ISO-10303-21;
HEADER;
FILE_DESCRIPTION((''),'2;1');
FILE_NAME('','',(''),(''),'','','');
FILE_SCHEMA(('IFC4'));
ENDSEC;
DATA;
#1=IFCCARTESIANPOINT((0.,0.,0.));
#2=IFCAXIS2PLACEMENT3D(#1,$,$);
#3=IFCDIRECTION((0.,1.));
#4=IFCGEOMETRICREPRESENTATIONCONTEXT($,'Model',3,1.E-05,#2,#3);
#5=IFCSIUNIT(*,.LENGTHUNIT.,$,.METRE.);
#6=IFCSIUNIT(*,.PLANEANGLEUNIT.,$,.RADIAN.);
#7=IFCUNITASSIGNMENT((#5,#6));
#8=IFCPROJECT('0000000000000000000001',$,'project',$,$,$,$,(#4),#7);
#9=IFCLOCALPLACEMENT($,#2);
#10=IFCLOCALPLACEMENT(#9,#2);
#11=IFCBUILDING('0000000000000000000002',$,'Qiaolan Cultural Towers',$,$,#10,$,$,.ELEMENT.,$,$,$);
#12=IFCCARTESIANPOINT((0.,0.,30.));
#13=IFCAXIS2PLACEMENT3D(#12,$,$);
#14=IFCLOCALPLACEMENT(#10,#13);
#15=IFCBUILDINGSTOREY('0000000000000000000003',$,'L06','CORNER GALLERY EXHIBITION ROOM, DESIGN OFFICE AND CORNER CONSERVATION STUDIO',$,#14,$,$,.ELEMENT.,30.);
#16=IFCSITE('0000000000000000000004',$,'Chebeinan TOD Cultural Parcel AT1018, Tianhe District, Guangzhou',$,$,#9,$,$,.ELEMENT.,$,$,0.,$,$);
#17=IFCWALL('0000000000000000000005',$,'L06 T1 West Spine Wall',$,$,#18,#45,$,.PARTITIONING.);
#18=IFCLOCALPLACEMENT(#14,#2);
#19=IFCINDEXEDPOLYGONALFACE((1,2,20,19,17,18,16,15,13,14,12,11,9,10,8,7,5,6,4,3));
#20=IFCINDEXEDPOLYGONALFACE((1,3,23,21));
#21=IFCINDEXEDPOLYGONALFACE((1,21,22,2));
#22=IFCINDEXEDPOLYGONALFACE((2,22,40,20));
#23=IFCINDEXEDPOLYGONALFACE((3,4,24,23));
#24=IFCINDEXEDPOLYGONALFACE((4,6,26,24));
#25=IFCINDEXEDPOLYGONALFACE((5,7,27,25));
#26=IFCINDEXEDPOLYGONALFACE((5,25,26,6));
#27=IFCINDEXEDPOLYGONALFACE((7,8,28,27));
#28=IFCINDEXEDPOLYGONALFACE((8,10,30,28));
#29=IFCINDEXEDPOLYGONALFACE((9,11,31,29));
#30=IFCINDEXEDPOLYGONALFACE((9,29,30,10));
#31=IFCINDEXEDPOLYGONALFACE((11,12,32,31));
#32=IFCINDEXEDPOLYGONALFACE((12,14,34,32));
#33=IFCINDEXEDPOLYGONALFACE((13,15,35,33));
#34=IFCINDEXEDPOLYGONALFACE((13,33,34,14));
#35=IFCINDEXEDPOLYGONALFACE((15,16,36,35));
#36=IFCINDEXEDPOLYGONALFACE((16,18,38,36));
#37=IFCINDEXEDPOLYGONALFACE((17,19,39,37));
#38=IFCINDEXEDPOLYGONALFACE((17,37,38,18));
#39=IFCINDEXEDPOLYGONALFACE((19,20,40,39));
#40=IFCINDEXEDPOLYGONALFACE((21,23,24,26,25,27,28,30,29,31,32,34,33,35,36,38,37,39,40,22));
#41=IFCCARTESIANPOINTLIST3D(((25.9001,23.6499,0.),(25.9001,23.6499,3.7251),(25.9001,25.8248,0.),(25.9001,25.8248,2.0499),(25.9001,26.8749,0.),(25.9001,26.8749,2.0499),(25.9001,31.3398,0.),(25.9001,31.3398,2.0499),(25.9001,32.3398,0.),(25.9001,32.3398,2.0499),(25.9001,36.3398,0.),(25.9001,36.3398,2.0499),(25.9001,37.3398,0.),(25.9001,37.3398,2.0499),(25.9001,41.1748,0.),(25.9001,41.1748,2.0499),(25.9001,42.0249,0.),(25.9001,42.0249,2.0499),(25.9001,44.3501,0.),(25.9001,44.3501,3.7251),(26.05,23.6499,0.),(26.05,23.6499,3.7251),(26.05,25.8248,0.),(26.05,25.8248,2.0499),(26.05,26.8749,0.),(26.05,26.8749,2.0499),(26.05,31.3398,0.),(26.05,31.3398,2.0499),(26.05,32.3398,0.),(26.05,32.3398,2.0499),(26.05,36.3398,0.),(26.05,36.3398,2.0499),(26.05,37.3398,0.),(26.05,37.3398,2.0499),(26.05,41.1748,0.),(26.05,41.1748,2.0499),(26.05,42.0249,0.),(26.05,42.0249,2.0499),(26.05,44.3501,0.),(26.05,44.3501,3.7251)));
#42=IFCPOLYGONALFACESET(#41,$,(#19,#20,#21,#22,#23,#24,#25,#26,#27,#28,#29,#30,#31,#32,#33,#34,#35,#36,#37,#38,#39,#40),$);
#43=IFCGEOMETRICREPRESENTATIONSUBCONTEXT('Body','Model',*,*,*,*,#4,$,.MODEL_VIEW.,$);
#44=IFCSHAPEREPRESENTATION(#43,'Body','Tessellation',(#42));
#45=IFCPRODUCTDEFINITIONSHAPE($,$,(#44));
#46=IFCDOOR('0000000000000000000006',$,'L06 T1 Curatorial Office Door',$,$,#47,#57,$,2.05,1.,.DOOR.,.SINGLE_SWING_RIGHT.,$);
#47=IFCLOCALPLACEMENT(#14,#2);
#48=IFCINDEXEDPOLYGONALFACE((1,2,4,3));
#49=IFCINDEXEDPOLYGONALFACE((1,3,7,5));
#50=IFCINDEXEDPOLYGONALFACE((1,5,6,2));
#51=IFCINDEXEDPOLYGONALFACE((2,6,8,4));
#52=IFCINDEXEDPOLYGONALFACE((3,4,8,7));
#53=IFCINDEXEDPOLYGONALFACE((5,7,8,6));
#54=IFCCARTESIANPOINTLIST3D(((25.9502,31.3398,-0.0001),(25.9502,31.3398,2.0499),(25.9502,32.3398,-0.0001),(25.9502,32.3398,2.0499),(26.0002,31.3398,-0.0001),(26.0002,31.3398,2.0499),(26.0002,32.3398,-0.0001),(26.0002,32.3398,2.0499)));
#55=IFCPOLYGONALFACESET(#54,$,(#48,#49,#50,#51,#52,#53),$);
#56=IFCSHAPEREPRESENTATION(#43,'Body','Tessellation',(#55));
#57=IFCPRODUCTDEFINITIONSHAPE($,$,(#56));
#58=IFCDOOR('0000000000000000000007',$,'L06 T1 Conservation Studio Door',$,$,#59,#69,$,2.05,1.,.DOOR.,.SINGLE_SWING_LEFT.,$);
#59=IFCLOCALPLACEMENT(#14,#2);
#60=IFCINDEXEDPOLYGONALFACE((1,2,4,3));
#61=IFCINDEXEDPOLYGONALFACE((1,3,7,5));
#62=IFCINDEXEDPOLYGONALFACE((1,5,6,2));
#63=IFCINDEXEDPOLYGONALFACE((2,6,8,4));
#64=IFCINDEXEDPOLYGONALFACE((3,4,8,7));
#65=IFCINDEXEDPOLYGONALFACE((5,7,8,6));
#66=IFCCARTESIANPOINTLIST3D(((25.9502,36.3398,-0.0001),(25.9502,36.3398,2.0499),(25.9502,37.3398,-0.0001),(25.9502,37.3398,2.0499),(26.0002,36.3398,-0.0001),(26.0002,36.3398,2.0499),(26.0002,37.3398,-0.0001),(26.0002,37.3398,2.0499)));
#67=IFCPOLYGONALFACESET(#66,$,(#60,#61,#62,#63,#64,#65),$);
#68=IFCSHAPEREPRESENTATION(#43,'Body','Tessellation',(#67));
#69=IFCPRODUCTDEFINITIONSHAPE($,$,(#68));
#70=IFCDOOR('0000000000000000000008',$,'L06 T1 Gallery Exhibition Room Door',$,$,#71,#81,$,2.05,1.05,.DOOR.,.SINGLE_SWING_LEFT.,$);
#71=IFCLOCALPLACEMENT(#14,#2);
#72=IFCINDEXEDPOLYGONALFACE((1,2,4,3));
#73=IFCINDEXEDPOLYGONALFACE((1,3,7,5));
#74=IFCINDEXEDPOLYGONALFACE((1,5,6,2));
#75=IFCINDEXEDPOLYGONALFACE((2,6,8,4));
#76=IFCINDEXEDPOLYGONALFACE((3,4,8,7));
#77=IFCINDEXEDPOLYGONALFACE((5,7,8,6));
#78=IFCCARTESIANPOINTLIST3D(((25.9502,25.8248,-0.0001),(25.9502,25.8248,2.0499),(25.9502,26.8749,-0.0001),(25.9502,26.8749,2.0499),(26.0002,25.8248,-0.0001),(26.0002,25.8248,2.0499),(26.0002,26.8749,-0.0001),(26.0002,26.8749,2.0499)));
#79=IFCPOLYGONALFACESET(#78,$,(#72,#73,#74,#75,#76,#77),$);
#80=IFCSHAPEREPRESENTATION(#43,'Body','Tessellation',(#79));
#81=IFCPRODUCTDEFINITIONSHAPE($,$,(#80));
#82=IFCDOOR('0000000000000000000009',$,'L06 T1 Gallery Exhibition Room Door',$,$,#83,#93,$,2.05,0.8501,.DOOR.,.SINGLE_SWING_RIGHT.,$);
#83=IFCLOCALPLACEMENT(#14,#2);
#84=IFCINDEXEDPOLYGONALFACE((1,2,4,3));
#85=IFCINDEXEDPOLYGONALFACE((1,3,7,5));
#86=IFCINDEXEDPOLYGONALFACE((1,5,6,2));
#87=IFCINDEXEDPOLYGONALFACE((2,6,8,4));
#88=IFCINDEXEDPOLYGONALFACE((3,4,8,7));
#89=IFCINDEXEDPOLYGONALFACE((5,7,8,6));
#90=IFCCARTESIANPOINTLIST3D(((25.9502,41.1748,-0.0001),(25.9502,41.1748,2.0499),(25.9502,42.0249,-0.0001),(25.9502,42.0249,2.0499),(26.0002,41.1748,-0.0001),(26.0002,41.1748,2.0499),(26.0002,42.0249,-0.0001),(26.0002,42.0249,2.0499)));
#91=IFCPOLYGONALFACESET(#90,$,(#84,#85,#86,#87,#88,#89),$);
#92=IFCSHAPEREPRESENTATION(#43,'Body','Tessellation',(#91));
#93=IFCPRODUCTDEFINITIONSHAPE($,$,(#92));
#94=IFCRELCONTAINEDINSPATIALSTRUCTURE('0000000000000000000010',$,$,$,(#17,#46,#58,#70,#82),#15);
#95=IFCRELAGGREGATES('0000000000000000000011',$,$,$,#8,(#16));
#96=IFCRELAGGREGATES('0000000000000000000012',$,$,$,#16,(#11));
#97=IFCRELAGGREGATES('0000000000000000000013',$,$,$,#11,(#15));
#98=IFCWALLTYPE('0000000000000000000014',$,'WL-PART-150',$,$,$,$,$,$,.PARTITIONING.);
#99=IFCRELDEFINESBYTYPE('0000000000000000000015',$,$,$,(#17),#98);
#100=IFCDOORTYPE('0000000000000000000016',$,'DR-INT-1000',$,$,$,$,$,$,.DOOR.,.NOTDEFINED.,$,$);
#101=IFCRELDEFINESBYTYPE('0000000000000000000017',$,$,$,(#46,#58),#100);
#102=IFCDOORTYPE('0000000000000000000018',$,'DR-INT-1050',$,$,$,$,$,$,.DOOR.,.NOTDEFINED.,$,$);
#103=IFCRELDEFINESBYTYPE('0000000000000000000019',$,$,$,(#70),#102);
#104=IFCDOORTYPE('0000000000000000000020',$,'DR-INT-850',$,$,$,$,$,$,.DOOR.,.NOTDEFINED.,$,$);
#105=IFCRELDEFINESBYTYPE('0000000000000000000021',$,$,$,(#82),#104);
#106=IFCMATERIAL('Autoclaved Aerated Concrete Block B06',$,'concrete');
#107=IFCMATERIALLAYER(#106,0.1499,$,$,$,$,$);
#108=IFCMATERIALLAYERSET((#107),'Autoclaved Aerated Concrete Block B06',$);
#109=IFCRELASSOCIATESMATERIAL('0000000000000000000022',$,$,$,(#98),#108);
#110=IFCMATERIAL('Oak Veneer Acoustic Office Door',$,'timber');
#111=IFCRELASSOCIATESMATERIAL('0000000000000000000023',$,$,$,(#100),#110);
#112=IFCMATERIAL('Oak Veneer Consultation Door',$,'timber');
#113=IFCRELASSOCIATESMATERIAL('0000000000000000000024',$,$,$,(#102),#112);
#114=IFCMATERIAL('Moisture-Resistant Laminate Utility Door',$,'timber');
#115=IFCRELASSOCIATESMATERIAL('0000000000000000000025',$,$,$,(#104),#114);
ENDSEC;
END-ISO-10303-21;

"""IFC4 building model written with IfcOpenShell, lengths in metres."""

from ifc_helpers import new_model, si_unit, direction, frame, frame_2d, origin, place, context, subcontext, project, spatial, rectangle, extrude, material, layer, layer_set, type_object, element, fill, save


model = new_model("IFC4")

# Units and contexts
model_context = context("Model", 3, precision=1e-05, world=origin(), true_north=direction((0.0, 1.0)))
body_context = subcontext(model_context, "Body", "Model", "MODEL_VIEW")
ifc_project = project(units=[si_unit("LENGTHUNIT", "METRE"), si_unit("PLANEANGLEUNIT", "RADIAN")], contexts=[model_context])

# Site, building, storey
site_placement = place(None, origin())
site = spatial("IfcSite", under=ifc_project, at=site_placement, Name="Chebeinan TOD Cultural Parcel AT1018, Tianhe District, Guangzhou", CompositionType="ELEMENT", RefElevation=0.0)
building_placement = place(site_placement, origin())
building = spatial("IfcBuilding", under=site, at=building_placement, Name="Qiaolan Cultural Towers", CompositionType="ELEMENT")
storey_placement = place(building_placement, frame((0.0, 0.0, 30.0)))
storey = spatial("IfcBuildingStorey", under=building, at=storey_placement, Name="L06", Description="CORNER GALLERY EXHIBITION ROOM, DESIGN OFFICE AND CORNER CONSERVATION STUDIO", CompositionType="ELEMENT", Elevation=30.0)

# Shared definitions
ifc_material_1 = material(Name="Autoclaved Aerated Concrete Block B06", Category="concrete")
ifc_layer_1 = layer(ifc_material_1, 0.1499)
ifc_layer_set_1 = layer_set([ifc_layer_1], Name="Autoclaved Aerated Concrete Block B06")
wall_type_1 = type_object("IfcWallType", Name="WL-PART-150", PredefinedType="PARTITIONING", material=ifc_layer_set_1)

# Wall, openings, doors
wall_1_placement = place(storey_placement, frame((25.9751, 23.6499, 0.0), z_axis=(0.0, 0.0, 1.0), x_axis=(0.0, 1.0, 0.0)))
wall_1 = element("IfcWall", 1, at=wall_1_placement, inside=storey, type_object=wall_type_1, Name="L06 T1 West Spine Wall", PredefinedType="PARTITIONING", context=body_context, shape_type="SweptSolid", body=[
    extrude(rectangle(XDim=20.7002, YDim=0.1499, at=frame_2d((10.3501, 0.0))), origin(), (0.0, 0.0, 1.0), 3.7251),
])
opening_1_placement = place(wall_1_placement, frame((2.175, 0.0, 0.0)))
opening_1 = element("IfcOpeningElement", 2, at=opening_1_placement, cuts=wall_1, PredefinedType="OPENING", context=body_context, shape_type="SweptSolid", body=[
    extrude(rectangle(XDim=1.05, YDim=2.05, at=frame_2d((0.5249, 1.0249))), frame((0.0, 0.085, 0.0), z_axis=(0.0, -1.0, 0.0), x_axis=(1.0, 0.0, 0.0)), (0.0, 0.0, 1.0), 0.1699),
])
opening_2_placement = place(wall_1_placement, frame((7.6899, 0.0, 0.0)))
opening_2 = element("IfcOpeningElement", 3, at=opening_2_placement, cuts=wall_1, PredefinedType="OPENING", context=body_context, shape_type="SweptSolid", body=[
    extrude(rectangle(XDim=1.0, YDim=2.05, at=frame_2d((0.5, 1.0249))), frame((0.0, 0.085, 0.0), z_axis=(0.0, -1.0, 0.0), x_axis=(1.0, 0.0, 0.0)), (0.0, 0.0, 1.0), 0.1699),
])
opening_3_placement = place(wall_1_placement, frame((12.6899, 0.0, 0.0)))
opening_3 = element("IfcOpeningElement", 4, at=opening_3_placement, cuts=wall_1, PredefinedType="OPENING", context=body_context, shape_type="SweptSolid", body=[
    extrude(rectangle(XDim=1.0, YDim=2.05, at=frame_2d((0.5, 1.0249))), frame((0.0, 0.085, 0.0), z_axis=(0.0, -1.0, 0.0), x_axis=(1.0, 0.0, 0.0)), (0.0, 0.0, 1.0), 0.1699),
])
opening_4_placement = place(wall_1_placement, frame((17.5249, 0.0, 0.0)))
opening_4 = element("IfcOpeningElement", 5, at=opening_4_placement, cuts=wall_1, PredefinedType="OPENING", context=body_context, shape_type="SweptSolid", body=[
    extrude(rectangle(XDim=0.8501, YDim=2.05, at=frame_2d((0.425, 1.0249))), frame((0.0, 0.085, 0.0), z_axis=(0.0, -1.0, 0.0), x_axis=(1.0, 0.0, 0.0)), (0.0, 0.0, 1.0), 0.1699),
])
ifc_material_2 = material(Name="Oak Veneer Acoustic Office Door", Category="timber")
door_type_1 = type_object("IfcDoorType", Name="DR-INT-1000", OperationType="NOTDEFINED", PredefinedType="DOOR", material=ifc_material_2)
door_1_placement = place(opening_2_placement, origin())
door_1 = element("IfcDoor", 6, at=door_1_placement, inside=storey, type_object=door_type_1, Name="L06 T1 Curatorial Office Door", OperationType="SINGLE_SWING_RIGHT", OverallHeight=2.05, OverallWidth=1.0, PredefinedType="DOOR", context=body_context, shape_type="SweptSolid", body=[
    extrude(rectangle(XDim=1.0, YDim=2.05, at=frame_2d((0.5, 1.0249))), frame((0.0, 0.0249, 0.0), z_axis=(0.0, -1.0, 0.0), x_axis=(1.0, 0.0, 0.0)), (0.0, 0.0, 1.0), 0.05),
])
fill(opening_2, door_1)
door_2_placement = place(opening_3_placement, origin())
door_2 = element("IfcDoor", 7, at=door_2_placement, inside=storey, type_object=door_type_1, Name="L06 T1 Conservation Studio Door", OperationType="SINGLE_SWING_LEFT", OverallHeight=2.05, OverallWidth=1.0, PredefinedType="DOOR", context=body_context, shape_type="SweptSolid", body=[
    extrude(rectangle(XDim=1.0, YDim=2.05, at=frame_2d((0.5, 1.0249))), frame((0.0, 0.0249, 0.0), z_axis=(0.0, -1.0, 0.0), x_axis=(1.0, 0.0, 0.0)), (0.0, 0.0, 1.0), 0.05),
])
fill(opening_3, door_2)
ifc_material_3 = material(Name="Oak Veneer Consultation Door", Category="timber")
door_type_2 = type_object("IfcDoorType", Name="DR-INT-1050", OperationType="NOTDEFINED", PredefinedType="DOOR", material=ifc_material_3)
door_3_placement = place(opening_1_placement, origin())
door_3 = element("IfcDoor", 8, at=door_3_placement, inside=storey, type_object=door_type_2, Name="L06 T1 Gallery Exhibition Room Door", OperationType="SINGLE_SWING_LEFT", OverallHeight=2.05, OverallWidth=1.05, PredefinedType="DOOR", context=body_context, shape_type="SweptSolid", body=[
    extrude(rectangle(XDim=1.05, YDim=2.05, at=frame_2d((0.5249, 1.0249))), frame((0.0, 0.0249, 0.0), z_axis=(0.0, -1.0, 0.0), x_axis=(1.0, 0.0, 0.0)), (0.0, 0.0, 1.0), 0.05),
])
fill(opening_1, door_3)
ifc_material_4 = material(Name="Moisture-Resistant Laminate Utility Door", Category="timber")
door_type_3 = type_object("IfcDoorType", Name="DR-INT-850", OperationType="NOTDEFINED", PredefinedType="DOOR", material=ifc_material_4)
door_4_placement = place(opening_4_placement, origin())
door_4 = element("IfcDoor", 9, at=door_4_placement, inside=storey, type_object=door_type_3, Name="L06 T1 Gallery Exhibition Room Door", OperationType="SINGLE_SWING_RIGHT", OverallHeight=2.05, OverallWidth=0.8501, PredefinedType="DOOR", context=body_context, shape_type="SweptSolid", body=[
    extrude(rectangle(XDim=0.8501, YDim=2.05, at=frame_2d((0.425, 1.0249))), frame((0.0, 0.0249, 0.0), z_axis=(0.0, -1.0, 0.0), x_axis=(1.0, 0.0, 0.0)), (0.0, 0.0, 1.0), 0.05),
])
fill(opening_4, door_4)

save(model, "model.ifc")
